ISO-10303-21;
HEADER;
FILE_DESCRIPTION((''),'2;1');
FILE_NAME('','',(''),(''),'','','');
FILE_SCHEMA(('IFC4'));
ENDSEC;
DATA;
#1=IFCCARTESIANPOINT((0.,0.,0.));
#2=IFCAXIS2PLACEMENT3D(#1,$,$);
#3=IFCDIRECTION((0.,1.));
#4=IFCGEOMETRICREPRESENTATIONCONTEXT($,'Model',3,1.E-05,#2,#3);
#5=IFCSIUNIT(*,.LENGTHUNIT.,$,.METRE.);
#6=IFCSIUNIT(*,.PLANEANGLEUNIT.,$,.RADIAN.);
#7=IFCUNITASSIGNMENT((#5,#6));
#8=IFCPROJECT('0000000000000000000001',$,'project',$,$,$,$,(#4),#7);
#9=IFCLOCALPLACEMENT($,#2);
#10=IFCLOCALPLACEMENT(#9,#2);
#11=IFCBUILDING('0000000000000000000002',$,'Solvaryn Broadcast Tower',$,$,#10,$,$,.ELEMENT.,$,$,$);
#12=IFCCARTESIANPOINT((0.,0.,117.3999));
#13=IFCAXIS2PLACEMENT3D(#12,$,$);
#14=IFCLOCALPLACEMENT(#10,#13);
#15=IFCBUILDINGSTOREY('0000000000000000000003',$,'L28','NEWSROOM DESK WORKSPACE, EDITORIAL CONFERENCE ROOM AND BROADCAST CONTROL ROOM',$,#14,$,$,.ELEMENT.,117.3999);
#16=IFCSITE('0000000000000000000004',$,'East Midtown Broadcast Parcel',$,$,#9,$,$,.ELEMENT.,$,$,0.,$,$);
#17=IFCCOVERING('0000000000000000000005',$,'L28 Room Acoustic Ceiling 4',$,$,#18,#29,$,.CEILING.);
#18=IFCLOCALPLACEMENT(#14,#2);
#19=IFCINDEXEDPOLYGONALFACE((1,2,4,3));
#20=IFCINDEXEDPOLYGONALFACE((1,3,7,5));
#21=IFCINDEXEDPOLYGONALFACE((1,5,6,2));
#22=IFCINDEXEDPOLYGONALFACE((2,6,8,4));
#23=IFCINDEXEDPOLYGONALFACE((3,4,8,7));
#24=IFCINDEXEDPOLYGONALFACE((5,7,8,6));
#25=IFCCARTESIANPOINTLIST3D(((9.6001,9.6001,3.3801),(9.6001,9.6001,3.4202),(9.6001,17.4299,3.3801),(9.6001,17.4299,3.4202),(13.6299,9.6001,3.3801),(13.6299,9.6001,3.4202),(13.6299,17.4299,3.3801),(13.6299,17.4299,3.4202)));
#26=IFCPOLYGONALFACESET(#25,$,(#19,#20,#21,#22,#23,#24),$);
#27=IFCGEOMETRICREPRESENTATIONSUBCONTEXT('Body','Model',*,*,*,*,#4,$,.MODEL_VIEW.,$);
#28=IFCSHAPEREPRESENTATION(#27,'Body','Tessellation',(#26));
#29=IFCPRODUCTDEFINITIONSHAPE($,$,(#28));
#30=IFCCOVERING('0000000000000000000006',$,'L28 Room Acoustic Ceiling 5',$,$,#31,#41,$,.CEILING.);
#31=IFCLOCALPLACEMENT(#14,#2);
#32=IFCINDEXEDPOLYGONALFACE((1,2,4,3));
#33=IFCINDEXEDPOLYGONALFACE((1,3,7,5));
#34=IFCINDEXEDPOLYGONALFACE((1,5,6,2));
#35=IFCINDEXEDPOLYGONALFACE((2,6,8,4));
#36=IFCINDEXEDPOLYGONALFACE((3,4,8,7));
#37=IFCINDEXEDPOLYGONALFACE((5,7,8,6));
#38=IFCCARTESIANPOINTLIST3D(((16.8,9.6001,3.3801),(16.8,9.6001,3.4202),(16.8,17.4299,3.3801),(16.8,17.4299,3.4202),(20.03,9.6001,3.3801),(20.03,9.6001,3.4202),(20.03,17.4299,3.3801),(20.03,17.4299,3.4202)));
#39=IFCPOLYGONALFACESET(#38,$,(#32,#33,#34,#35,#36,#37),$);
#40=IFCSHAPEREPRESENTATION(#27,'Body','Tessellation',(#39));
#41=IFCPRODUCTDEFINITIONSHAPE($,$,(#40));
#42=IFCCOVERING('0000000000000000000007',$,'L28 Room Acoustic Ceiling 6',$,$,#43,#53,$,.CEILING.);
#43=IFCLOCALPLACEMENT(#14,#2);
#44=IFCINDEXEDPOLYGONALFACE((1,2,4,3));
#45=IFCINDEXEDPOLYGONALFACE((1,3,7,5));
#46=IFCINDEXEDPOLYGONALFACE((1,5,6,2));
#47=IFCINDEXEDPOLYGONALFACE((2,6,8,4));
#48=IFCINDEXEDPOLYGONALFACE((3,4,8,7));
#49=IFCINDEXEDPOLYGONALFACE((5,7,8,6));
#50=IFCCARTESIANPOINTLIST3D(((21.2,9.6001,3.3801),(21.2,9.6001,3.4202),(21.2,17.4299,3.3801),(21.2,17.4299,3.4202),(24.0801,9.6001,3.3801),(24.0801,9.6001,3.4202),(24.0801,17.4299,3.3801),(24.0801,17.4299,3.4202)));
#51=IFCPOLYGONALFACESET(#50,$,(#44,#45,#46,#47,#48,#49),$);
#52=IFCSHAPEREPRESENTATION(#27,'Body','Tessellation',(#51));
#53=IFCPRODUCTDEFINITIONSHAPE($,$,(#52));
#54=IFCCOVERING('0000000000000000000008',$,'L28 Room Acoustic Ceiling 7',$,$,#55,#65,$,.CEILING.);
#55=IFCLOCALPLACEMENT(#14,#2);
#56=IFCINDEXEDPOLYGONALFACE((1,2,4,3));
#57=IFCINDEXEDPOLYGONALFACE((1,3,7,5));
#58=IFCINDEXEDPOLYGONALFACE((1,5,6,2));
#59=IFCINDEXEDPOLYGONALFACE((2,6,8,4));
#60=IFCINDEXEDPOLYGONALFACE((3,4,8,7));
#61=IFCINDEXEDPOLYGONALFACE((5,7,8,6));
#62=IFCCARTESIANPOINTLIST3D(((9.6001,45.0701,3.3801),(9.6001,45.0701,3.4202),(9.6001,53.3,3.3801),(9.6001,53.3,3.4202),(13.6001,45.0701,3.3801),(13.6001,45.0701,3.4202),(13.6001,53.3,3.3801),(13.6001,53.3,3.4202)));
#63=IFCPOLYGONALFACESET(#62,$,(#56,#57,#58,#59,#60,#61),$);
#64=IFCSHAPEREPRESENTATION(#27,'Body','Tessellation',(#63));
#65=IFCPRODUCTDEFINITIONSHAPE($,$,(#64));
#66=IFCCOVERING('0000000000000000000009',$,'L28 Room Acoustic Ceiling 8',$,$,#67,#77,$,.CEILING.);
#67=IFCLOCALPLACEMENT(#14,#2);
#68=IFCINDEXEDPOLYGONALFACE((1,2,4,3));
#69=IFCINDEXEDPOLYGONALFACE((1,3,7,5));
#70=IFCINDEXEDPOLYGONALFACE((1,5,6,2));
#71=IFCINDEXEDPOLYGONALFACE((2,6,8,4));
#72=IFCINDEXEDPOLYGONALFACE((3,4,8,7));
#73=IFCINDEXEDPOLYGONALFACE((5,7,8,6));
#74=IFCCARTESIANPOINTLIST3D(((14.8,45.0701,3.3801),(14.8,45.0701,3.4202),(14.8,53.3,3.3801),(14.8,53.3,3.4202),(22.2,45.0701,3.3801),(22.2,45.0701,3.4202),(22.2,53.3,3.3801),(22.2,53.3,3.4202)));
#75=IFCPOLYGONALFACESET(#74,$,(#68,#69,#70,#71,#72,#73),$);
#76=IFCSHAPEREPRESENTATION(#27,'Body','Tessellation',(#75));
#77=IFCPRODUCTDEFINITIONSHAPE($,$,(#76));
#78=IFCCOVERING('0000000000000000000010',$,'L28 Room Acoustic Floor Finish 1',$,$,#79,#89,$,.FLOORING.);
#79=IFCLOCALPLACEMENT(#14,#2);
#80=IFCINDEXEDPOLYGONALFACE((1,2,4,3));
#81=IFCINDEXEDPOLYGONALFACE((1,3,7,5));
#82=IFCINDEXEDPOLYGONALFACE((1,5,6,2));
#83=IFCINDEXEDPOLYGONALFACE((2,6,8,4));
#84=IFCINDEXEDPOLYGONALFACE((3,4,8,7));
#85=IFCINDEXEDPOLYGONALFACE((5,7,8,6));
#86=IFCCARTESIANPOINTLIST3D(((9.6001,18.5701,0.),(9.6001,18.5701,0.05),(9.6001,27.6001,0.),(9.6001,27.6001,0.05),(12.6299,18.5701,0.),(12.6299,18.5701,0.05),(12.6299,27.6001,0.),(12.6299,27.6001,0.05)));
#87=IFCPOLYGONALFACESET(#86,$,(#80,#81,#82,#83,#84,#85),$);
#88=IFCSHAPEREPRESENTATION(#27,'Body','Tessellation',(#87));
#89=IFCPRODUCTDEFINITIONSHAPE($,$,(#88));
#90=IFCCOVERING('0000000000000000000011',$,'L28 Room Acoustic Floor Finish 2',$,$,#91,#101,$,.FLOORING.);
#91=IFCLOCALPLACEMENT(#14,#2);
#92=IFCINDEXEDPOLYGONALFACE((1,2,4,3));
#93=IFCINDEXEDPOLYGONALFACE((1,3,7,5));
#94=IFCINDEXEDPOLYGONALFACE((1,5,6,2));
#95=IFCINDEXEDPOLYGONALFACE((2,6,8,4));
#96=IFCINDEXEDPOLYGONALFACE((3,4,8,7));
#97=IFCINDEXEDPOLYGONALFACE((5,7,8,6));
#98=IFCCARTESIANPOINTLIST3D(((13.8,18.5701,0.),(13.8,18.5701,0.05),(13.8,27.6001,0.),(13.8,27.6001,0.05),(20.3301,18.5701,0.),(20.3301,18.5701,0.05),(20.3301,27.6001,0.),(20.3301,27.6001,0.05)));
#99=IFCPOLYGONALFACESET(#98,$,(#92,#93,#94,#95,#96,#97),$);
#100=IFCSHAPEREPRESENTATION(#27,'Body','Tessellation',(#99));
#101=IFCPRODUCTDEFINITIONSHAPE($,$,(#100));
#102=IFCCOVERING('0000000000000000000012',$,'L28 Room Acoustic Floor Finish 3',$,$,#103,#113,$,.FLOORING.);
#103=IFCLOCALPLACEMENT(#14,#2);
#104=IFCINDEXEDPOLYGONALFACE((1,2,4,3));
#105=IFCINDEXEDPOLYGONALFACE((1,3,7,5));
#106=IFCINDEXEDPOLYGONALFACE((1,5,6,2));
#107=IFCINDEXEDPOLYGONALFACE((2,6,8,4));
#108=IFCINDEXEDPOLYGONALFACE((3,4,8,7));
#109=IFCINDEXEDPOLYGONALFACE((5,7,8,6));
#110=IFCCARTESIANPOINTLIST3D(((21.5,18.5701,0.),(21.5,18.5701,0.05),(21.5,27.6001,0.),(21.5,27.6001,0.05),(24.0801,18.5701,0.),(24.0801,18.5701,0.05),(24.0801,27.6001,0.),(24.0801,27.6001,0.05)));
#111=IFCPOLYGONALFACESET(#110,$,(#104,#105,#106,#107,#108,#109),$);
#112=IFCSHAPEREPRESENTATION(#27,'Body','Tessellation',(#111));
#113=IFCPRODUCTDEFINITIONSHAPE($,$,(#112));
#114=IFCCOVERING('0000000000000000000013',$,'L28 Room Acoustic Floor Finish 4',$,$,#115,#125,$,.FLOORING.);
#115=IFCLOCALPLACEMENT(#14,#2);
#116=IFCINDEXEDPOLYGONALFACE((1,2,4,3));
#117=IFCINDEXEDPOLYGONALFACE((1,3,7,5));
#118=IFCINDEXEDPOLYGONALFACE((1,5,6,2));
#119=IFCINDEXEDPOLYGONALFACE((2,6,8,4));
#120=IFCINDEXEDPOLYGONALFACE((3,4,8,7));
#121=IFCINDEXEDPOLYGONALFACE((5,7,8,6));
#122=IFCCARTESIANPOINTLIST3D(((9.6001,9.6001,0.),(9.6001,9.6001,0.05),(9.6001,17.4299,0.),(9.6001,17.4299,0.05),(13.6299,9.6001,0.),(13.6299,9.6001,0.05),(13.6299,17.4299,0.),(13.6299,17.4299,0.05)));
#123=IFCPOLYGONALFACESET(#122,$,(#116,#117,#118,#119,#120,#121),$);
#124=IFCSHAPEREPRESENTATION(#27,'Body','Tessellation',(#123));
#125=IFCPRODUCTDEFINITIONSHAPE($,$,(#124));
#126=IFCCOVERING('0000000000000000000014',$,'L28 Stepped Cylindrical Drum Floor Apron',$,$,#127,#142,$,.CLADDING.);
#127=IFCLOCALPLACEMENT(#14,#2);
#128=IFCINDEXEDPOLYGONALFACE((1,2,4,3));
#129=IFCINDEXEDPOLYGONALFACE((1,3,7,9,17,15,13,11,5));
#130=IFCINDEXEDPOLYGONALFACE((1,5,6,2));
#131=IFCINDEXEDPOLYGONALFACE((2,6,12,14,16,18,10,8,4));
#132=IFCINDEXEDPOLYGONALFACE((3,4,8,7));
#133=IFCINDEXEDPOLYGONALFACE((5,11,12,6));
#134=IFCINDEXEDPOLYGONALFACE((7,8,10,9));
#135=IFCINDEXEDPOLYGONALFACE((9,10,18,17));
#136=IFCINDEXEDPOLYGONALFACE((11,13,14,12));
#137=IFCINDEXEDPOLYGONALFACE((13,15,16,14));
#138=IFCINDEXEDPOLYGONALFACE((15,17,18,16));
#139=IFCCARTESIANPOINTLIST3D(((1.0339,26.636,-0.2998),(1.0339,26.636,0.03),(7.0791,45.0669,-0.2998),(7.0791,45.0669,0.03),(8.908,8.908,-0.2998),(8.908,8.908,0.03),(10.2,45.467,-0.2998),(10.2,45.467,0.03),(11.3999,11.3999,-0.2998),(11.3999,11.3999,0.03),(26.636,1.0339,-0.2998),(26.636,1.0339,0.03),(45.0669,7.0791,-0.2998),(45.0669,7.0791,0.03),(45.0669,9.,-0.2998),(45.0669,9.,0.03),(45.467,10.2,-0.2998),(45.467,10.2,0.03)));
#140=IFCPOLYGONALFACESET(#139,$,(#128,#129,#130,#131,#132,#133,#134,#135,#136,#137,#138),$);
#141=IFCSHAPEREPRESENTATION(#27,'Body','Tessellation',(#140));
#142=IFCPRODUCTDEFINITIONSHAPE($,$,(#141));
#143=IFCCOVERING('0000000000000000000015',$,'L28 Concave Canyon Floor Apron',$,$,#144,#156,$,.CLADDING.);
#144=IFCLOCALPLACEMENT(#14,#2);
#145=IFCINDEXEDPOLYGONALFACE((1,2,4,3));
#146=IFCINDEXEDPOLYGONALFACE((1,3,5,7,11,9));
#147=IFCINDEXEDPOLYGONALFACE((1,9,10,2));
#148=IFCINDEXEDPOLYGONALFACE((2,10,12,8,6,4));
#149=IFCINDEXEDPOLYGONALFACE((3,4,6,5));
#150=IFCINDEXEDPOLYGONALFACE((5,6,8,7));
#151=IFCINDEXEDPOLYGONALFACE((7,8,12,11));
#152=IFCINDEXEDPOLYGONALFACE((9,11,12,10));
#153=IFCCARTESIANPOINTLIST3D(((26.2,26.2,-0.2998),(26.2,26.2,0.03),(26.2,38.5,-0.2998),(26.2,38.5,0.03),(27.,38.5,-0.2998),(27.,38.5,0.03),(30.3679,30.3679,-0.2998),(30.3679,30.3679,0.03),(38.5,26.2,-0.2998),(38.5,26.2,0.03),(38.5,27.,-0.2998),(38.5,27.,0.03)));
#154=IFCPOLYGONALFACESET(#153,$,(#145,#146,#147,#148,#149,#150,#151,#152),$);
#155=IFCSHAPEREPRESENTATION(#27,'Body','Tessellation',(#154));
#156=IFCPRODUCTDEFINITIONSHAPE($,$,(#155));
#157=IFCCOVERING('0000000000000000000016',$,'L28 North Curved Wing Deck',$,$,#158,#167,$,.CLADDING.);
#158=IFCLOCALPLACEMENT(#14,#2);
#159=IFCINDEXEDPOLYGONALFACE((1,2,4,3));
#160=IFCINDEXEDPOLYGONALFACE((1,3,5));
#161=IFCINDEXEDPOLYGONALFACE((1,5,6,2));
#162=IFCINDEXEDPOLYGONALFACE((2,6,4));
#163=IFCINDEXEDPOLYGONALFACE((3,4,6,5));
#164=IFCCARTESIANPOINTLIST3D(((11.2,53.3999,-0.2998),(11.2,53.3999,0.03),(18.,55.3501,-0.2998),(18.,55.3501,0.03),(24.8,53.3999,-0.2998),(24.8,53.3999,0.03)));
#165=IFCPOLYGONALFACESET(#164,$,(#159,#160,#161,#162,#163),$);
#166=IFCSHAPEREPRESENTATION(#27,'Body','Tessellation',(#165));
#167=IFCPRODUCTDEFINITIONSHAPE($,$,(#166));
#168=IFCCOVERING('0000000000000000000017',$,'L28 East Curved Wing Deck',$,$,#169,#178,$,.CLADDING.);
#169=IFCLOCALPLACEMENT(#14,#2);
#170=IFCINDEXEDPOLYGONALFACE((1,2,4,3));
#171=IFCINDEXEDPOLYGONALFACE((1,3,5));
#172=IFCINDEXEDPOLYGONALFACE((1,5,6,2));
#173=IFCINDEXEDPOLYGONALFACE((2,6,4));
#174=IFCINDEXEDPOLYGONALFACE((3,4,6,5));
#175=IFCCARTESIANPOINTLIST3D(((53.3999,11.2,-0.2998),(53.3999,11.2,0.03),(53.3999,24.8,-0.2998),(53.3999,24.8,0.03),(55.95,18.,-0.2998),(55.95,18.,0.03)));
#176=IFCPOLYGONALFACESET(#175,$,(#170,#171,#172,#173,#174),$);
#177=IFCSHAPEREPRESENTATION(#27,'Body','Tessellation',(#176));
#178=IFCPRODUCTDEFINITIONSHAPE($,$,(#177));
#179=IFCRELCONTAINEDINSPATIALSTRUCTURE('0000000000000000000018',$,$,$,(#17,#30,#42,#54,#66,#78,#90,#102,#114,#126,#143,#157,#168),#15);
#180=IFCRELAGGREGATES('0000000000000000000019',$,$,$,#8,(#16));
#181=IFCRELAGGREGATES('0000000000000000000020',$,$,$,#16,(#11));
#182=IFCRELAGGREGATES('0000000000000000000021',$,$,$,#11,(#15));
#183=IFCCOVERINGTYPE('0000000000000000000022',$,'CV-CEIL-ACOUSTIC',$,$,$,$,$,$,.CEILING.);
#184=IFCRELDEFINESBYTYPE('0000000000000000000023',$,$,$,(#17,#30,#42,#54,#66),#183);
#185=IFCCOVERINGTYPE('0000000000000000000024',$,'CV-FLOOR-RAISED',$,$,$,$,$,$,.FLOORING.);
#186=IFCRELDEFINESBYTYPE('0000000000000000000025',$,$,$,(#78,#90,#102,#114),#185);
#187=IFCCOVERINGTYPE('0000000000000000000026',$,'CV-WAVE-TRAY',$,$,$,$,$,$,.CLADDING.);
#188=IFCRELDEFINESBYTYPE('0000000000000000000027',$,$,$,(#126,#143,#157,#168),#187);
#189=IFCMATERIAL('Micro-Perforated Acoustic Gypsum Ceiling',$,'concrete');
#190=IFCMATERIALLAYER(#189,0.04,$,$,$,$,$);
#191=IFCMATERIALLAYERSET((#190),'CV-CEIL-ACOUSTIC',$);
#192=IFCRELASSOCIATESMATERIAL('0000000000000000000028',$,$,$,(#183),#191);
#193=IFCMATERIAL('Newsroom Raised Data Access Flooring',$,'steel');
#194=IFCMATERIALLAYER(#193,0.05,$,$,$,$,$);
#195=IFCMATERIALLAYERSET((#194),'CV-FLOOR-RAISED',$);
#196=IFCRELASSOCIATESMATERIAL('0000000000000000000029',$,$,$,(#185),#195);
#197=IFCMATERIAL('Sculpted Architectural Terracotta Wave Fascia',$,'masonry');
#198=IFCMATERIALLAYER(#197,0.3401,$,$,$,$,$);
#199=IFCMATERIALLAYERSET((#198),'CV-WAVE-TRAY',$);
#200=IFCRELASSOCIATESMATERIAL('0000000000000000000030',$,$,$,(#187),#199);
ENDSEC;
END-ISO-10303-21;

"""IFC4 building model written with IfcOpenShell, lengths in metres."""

from ifc_helpers import new_model, si_unit, direction, frame, origin, place, context, subcontext, project, spatial, polyline, outline, extrude, material, layer, layer_set, type_object, element, save


model = new_model("IFC4")

# Units and contexts
model_context = context("Model", 3, precision=1e-05, world=origin(), true_north=direction((0.0, 1.0)))
body_context = subcontext(model_context, "Body", "Model", "MODEL_VIEW")
ifc_project = project(units=[si_unit("LENGTHUNIT", "METRE"), si_unit("PLANEANGLEUNIT", "RADIAN")], contexts=[model_context])

# Site, building, storey
site_placement = place(None, origin())
site = spatial("IfcSite", under=ifc_project, at=site_placement, Name="East Midtown Broadcast Parcel", CompositionType="ELEMENT", RefElevation=0.0)
building_placement = place(site_placement, origin())
building = spatial("IfcBuilding", under=site, at=building_placement, Name="Solvaryn Broadcast Tower", CompositionType="ELEMENT")
storey_placement = place(building_placement, frame((0.0, 0.0, 117.3999)))
storey = spatial("IfcBuildingStorey", under=building, at=storey_placement, Name="L28", Description="NEWSROOM DESK WORKSPACE, EDITORIAL CONFERENCE ROOM AND BROADCAST CONTROL ROOM", CompositionType="ELEMENT", Elevation=117.3999)

# Coverings
ifc_material_1 = material(Name="Micro-Perforated Acoustic Gypsum Ceiling", Category="concrete")
ifc_layer_1 = layer(ifc_material_1, 0.04)
ifc_layer_set_1 = layer_set([ifc_layer_1], Name="CV-CEIL-ACOUSTIC")
covering_type_1 = type_object("IfcCoveringType", Name="CV-CEIL-ACOUSTIC", PredefinedType="CEILING", material=ifc_layer_set_1)
covering_1_placement = place(storey_placement, frame((0.0, 0.0, 3.3801)))
element("IfcCovering", 1, at=covering_1_placement, inside=storey, type_object=covering_type_1, Name="L28 Room Acoustic Ceiling 4", PredefinedType="CEILING", context=body_context, shape_type="SweptSolid", body=[
    extrude(outline(polyline([(9.6001, 9.6001), (13.6299, 9.6001), (13.6299, 17.4299), (9.6001, 17.4299), (9.6001, 9.6001)])), origin(), (0.0, 0.0, 1.0), 0.04),
])
covering_2_placement = place(storey_placement, frame((0.0, 0.0, 3.3801)))
element("IfcCovering", 2, at=covering_2_placement, inside=storey, type_object=covering_type_1, Name="L28 Room Acoustic Ceiling 5", PredefinedType="CEILING", context=body_context, shape_type="SweptSolid", body=[
    extrude(outline(polyline([(16.8, 9.6001), (20.03, 9.6001), (20.03, 17.4299), (16.8, 17.4299), (16.8, 9.6001)])), origin(), (0.0, 0.0, 1.0), 0.04),
])
covering_3_placement = place(storey_placement, frame((0.0, 0.0, 3.3801)))
element("IfcCovering", 3, at=covering_3_placement, inside=storey, type_object=covering_type_1, Name="L28 Room Acoustic Ceiling 6", PredefinedType="CEILING", context=body_context, shape_type="SweptSolid", body=[
    extrude(outline(polyline([(21.2, 9.6001), (24.0801, 9.6001), (24.0801, 17.4299), (21.2, 17.4299), (21.2, 9.6001)])), origin(), (0.0, 0.0, 1.0), 0.04),
])
covering_4_placement = place(storey_placement, frame((0.0, 0.0, 3.3801)))
element("IfcCovering", 4, at=covering_4_placement, inside=storey, type_object=covering_type_1, Name="L28 Room Acoustic Ceiling 7", PredefinedType="CEILING", context=body_context, shape_type="SweptSolid", body=[
    extrude(outline(polyline([(9.6001, 45.0701), (13.6001, 45.0701), (13.6001, 53.3), (9.6001, 53.3), (9.6001, 45.0701)])), origin(), (0.0, 0.0, 1.0), 0.04),
])
covering_5_placement = place(storey_placement, frame((0.0, 0.0, 3.3801)))
element("IfcCovering", 5, at=covering_5_placement, inside=storey, type_object=covering_type_1, Name="L28 Room Acoustic Ceiling 8", PredefinedType="CEILING", context=body_context, shape_type="SweptSolid", body=[
    extrude(outline(polyline([(14.8, 45.0701), (22.2, 45.0701), (22.2, 53.3), (14.8, 53.3), (14.8, 45.0701)])), origin(), (0.0, 0.0, 1.0), 0.04),
])
ifc_material_2 = material(Name="Newsroom Raised Data Access Flooring", Category="steel")
ifc_layer_2 = layer(ifc_material_2, 0.05)
ifc_layer_set_2 = layer_set([ifc_layer_2], Name="CV-FLOOR-RAISED")
covering_type_2 = type_object("IfcCoveringType", Name="CV-FLOOR-RAISED", PredefinedType="FLOORING", material=ifc_layer_set_2)
covering_6_placement = place(storey_placement, origin())
element("IfcCovering", 6, at=covering_6_placement, inside=storey, type_object=covering_type_2, Name="L28 Room Acoustic Floor Finish 1", PredefinedType="FLOORING", context=body_context, shape_type="SweptSolid", body=[
    extrude(outline(polyline([(9.6001, 18.5701), (12.6299, 18.5701), (12.6299, 27.6001), (9.6001, 27.6001), (9.6001, 18.5701)])), origin(), (0.0, 0.0, 1.0), 0.05),
])
covering_7_placement = place(storey_placement, origin())
element("IfcCovering", 7, at=covering_7_placement, inside=storey, type_object=covering_type_2, Name="L28 Room Acoustic Floor Finish 2", PredefinedType="FLOORING", context=body_context, shape_type="SweptSolid", body=[
    extrude(outline(polyline([(13.8, 18.5701), (20.3301, 18.5701), (20.3301, 27.6001), (13.8, 27.6001), (13.8, 18.5701)])), origin(), (0.0, 0.0, 1.0), 0.05),
])
covering_8_placement = place(storey_placement, origin())
element("IfcCovering", 8, at=covering_8_placement, inside=storey, type_object=covering_type_2, Name="L28 Room Acoustic Floor Finish 3", PredefinedType="FLOORING", context=body_context, shape_type="SweptSolid", body=[
    extrude(outline(polyline([(21.5, 18.5701), (24.0801, 18.5701), (24.0801, 27.6001), (21.5, 27.6001), (21.5, 18.5701)])), origin(), (0.0, 0.0, 1.0), 0.05),
])
covering_9_placement = place(storey_placement, origin())
element("IfcCovering", 9, at=covering_9_placement, inside=storey, type_object=covering_type_2, Name="L28 Room Acoustic Floor Finish 4", PredefinedType="FLOORING", context=body_context, shape_type="SweptSolid", body=[
    extrude(outline(polyline([(9.6001, 9.6001), (13.6299, 9.6001), (13.6299, 17.4299), (9.6001, 17.4299), (9.6001, 9.6001)])), origin(), (0.0, 0.0, 1.0), 0.05),
])
ifc_material_3 = material(Name="Sculpted Architectural Terracotta Wave Fascia", Category="masonry")
ifc_layer_3 = layer(ifc_material_3, 0.3401)
ifc_layer_set_3 = layer_set([ifc_layer_3], Name="CV-WAVE-TRAY")
covering_type_3 = type_object("IfcCoveringType", Name="CV-WAVE-TRAY", PredefinedType="CLADDING", material=ifc_layer_set_3)
covering_10_placement = place(storey_placement, frame((0.0, 0.0, -0.2998)))
element("IfcCovering", 10, at=covering_10_placement, inside=storey, type_object=covering_type_3, Name="L28 Stepped Cylindrical Drum Floor Apron", PredefinedType="CLADDING", context=body_context, shape_type="SweptSolid", body=[
    extrude(outline(polyline([(10.2, 45.467), (7.0791, 45.0669), (1.0339, 26.636), (8.908, 8.908), (26.636, 1.0339), (45.0669, 7.0791), (45.0669, 9.0), (45.467, 10.2), (11.3999, 11.3999), (10.2, 45.467)])), origin(), (0.0, 0.0, 1.0), 0.3298),
])
covering_11_placement = place(storey_placement, frame((0.0, 0.0, -0.2998)))
element("IfcCovering", 11, at=covering_11_placement, inside=storey, type_object=covering_type_3, Name="L28 Concave Canyon Floor Apron", PredefinedType="CLADDING", context=body_context, shape_type="SweptSolid", body=[
    extrude(outline(polyline([(26.2, 26.2), (38.5, 26.2), (38.5, 27.0), (30.3679, 30.3679), (27.0, 38.5), (26.2, 38.5), (26.2, 26.2)])), origin(), (0.0, 0.0, 1.0), 0.3298),
])
covering_12_placement = place(storey_placement, frame((0.0, 0.0, -0.2998)))
element("IfcCovering", 12, at=covering_12_placement, inside=storey, type_object=covering_type_3, Name="L28 North Curved Wing Deck", PredefinedType="CLADDING", context=body_context, shape_type="SweptSolid", body=[
    extrude(outline(polyline([(11.2, 53.3999), (24.8, 53.3999), (18.0, 55.3501), (11.2, 53.3999)])), origin(), (0.0, 0.0, 1.0), 0.3298),
])
covering_13_placement = place(storey_placement, frame((0.0, 0.0, -0.2998)))
element("IfcCovering", 13, at=covering_13_placement, inside=storey, type_object=covering_type_3, Name="L28 East Curved Wing Deck", PredefinedType="CLADDING", context=body_context, shape_type="SweptSolid", body=[
    extrude(outline(polyline([(53.3999, 11.2), (55.95, 18.0), (53.3999, 24.8), (53.3999, 11.2)])), origin(), (0.0, 0.0, 1.0), 0.3298),
])

save(model, "model.ifc")
